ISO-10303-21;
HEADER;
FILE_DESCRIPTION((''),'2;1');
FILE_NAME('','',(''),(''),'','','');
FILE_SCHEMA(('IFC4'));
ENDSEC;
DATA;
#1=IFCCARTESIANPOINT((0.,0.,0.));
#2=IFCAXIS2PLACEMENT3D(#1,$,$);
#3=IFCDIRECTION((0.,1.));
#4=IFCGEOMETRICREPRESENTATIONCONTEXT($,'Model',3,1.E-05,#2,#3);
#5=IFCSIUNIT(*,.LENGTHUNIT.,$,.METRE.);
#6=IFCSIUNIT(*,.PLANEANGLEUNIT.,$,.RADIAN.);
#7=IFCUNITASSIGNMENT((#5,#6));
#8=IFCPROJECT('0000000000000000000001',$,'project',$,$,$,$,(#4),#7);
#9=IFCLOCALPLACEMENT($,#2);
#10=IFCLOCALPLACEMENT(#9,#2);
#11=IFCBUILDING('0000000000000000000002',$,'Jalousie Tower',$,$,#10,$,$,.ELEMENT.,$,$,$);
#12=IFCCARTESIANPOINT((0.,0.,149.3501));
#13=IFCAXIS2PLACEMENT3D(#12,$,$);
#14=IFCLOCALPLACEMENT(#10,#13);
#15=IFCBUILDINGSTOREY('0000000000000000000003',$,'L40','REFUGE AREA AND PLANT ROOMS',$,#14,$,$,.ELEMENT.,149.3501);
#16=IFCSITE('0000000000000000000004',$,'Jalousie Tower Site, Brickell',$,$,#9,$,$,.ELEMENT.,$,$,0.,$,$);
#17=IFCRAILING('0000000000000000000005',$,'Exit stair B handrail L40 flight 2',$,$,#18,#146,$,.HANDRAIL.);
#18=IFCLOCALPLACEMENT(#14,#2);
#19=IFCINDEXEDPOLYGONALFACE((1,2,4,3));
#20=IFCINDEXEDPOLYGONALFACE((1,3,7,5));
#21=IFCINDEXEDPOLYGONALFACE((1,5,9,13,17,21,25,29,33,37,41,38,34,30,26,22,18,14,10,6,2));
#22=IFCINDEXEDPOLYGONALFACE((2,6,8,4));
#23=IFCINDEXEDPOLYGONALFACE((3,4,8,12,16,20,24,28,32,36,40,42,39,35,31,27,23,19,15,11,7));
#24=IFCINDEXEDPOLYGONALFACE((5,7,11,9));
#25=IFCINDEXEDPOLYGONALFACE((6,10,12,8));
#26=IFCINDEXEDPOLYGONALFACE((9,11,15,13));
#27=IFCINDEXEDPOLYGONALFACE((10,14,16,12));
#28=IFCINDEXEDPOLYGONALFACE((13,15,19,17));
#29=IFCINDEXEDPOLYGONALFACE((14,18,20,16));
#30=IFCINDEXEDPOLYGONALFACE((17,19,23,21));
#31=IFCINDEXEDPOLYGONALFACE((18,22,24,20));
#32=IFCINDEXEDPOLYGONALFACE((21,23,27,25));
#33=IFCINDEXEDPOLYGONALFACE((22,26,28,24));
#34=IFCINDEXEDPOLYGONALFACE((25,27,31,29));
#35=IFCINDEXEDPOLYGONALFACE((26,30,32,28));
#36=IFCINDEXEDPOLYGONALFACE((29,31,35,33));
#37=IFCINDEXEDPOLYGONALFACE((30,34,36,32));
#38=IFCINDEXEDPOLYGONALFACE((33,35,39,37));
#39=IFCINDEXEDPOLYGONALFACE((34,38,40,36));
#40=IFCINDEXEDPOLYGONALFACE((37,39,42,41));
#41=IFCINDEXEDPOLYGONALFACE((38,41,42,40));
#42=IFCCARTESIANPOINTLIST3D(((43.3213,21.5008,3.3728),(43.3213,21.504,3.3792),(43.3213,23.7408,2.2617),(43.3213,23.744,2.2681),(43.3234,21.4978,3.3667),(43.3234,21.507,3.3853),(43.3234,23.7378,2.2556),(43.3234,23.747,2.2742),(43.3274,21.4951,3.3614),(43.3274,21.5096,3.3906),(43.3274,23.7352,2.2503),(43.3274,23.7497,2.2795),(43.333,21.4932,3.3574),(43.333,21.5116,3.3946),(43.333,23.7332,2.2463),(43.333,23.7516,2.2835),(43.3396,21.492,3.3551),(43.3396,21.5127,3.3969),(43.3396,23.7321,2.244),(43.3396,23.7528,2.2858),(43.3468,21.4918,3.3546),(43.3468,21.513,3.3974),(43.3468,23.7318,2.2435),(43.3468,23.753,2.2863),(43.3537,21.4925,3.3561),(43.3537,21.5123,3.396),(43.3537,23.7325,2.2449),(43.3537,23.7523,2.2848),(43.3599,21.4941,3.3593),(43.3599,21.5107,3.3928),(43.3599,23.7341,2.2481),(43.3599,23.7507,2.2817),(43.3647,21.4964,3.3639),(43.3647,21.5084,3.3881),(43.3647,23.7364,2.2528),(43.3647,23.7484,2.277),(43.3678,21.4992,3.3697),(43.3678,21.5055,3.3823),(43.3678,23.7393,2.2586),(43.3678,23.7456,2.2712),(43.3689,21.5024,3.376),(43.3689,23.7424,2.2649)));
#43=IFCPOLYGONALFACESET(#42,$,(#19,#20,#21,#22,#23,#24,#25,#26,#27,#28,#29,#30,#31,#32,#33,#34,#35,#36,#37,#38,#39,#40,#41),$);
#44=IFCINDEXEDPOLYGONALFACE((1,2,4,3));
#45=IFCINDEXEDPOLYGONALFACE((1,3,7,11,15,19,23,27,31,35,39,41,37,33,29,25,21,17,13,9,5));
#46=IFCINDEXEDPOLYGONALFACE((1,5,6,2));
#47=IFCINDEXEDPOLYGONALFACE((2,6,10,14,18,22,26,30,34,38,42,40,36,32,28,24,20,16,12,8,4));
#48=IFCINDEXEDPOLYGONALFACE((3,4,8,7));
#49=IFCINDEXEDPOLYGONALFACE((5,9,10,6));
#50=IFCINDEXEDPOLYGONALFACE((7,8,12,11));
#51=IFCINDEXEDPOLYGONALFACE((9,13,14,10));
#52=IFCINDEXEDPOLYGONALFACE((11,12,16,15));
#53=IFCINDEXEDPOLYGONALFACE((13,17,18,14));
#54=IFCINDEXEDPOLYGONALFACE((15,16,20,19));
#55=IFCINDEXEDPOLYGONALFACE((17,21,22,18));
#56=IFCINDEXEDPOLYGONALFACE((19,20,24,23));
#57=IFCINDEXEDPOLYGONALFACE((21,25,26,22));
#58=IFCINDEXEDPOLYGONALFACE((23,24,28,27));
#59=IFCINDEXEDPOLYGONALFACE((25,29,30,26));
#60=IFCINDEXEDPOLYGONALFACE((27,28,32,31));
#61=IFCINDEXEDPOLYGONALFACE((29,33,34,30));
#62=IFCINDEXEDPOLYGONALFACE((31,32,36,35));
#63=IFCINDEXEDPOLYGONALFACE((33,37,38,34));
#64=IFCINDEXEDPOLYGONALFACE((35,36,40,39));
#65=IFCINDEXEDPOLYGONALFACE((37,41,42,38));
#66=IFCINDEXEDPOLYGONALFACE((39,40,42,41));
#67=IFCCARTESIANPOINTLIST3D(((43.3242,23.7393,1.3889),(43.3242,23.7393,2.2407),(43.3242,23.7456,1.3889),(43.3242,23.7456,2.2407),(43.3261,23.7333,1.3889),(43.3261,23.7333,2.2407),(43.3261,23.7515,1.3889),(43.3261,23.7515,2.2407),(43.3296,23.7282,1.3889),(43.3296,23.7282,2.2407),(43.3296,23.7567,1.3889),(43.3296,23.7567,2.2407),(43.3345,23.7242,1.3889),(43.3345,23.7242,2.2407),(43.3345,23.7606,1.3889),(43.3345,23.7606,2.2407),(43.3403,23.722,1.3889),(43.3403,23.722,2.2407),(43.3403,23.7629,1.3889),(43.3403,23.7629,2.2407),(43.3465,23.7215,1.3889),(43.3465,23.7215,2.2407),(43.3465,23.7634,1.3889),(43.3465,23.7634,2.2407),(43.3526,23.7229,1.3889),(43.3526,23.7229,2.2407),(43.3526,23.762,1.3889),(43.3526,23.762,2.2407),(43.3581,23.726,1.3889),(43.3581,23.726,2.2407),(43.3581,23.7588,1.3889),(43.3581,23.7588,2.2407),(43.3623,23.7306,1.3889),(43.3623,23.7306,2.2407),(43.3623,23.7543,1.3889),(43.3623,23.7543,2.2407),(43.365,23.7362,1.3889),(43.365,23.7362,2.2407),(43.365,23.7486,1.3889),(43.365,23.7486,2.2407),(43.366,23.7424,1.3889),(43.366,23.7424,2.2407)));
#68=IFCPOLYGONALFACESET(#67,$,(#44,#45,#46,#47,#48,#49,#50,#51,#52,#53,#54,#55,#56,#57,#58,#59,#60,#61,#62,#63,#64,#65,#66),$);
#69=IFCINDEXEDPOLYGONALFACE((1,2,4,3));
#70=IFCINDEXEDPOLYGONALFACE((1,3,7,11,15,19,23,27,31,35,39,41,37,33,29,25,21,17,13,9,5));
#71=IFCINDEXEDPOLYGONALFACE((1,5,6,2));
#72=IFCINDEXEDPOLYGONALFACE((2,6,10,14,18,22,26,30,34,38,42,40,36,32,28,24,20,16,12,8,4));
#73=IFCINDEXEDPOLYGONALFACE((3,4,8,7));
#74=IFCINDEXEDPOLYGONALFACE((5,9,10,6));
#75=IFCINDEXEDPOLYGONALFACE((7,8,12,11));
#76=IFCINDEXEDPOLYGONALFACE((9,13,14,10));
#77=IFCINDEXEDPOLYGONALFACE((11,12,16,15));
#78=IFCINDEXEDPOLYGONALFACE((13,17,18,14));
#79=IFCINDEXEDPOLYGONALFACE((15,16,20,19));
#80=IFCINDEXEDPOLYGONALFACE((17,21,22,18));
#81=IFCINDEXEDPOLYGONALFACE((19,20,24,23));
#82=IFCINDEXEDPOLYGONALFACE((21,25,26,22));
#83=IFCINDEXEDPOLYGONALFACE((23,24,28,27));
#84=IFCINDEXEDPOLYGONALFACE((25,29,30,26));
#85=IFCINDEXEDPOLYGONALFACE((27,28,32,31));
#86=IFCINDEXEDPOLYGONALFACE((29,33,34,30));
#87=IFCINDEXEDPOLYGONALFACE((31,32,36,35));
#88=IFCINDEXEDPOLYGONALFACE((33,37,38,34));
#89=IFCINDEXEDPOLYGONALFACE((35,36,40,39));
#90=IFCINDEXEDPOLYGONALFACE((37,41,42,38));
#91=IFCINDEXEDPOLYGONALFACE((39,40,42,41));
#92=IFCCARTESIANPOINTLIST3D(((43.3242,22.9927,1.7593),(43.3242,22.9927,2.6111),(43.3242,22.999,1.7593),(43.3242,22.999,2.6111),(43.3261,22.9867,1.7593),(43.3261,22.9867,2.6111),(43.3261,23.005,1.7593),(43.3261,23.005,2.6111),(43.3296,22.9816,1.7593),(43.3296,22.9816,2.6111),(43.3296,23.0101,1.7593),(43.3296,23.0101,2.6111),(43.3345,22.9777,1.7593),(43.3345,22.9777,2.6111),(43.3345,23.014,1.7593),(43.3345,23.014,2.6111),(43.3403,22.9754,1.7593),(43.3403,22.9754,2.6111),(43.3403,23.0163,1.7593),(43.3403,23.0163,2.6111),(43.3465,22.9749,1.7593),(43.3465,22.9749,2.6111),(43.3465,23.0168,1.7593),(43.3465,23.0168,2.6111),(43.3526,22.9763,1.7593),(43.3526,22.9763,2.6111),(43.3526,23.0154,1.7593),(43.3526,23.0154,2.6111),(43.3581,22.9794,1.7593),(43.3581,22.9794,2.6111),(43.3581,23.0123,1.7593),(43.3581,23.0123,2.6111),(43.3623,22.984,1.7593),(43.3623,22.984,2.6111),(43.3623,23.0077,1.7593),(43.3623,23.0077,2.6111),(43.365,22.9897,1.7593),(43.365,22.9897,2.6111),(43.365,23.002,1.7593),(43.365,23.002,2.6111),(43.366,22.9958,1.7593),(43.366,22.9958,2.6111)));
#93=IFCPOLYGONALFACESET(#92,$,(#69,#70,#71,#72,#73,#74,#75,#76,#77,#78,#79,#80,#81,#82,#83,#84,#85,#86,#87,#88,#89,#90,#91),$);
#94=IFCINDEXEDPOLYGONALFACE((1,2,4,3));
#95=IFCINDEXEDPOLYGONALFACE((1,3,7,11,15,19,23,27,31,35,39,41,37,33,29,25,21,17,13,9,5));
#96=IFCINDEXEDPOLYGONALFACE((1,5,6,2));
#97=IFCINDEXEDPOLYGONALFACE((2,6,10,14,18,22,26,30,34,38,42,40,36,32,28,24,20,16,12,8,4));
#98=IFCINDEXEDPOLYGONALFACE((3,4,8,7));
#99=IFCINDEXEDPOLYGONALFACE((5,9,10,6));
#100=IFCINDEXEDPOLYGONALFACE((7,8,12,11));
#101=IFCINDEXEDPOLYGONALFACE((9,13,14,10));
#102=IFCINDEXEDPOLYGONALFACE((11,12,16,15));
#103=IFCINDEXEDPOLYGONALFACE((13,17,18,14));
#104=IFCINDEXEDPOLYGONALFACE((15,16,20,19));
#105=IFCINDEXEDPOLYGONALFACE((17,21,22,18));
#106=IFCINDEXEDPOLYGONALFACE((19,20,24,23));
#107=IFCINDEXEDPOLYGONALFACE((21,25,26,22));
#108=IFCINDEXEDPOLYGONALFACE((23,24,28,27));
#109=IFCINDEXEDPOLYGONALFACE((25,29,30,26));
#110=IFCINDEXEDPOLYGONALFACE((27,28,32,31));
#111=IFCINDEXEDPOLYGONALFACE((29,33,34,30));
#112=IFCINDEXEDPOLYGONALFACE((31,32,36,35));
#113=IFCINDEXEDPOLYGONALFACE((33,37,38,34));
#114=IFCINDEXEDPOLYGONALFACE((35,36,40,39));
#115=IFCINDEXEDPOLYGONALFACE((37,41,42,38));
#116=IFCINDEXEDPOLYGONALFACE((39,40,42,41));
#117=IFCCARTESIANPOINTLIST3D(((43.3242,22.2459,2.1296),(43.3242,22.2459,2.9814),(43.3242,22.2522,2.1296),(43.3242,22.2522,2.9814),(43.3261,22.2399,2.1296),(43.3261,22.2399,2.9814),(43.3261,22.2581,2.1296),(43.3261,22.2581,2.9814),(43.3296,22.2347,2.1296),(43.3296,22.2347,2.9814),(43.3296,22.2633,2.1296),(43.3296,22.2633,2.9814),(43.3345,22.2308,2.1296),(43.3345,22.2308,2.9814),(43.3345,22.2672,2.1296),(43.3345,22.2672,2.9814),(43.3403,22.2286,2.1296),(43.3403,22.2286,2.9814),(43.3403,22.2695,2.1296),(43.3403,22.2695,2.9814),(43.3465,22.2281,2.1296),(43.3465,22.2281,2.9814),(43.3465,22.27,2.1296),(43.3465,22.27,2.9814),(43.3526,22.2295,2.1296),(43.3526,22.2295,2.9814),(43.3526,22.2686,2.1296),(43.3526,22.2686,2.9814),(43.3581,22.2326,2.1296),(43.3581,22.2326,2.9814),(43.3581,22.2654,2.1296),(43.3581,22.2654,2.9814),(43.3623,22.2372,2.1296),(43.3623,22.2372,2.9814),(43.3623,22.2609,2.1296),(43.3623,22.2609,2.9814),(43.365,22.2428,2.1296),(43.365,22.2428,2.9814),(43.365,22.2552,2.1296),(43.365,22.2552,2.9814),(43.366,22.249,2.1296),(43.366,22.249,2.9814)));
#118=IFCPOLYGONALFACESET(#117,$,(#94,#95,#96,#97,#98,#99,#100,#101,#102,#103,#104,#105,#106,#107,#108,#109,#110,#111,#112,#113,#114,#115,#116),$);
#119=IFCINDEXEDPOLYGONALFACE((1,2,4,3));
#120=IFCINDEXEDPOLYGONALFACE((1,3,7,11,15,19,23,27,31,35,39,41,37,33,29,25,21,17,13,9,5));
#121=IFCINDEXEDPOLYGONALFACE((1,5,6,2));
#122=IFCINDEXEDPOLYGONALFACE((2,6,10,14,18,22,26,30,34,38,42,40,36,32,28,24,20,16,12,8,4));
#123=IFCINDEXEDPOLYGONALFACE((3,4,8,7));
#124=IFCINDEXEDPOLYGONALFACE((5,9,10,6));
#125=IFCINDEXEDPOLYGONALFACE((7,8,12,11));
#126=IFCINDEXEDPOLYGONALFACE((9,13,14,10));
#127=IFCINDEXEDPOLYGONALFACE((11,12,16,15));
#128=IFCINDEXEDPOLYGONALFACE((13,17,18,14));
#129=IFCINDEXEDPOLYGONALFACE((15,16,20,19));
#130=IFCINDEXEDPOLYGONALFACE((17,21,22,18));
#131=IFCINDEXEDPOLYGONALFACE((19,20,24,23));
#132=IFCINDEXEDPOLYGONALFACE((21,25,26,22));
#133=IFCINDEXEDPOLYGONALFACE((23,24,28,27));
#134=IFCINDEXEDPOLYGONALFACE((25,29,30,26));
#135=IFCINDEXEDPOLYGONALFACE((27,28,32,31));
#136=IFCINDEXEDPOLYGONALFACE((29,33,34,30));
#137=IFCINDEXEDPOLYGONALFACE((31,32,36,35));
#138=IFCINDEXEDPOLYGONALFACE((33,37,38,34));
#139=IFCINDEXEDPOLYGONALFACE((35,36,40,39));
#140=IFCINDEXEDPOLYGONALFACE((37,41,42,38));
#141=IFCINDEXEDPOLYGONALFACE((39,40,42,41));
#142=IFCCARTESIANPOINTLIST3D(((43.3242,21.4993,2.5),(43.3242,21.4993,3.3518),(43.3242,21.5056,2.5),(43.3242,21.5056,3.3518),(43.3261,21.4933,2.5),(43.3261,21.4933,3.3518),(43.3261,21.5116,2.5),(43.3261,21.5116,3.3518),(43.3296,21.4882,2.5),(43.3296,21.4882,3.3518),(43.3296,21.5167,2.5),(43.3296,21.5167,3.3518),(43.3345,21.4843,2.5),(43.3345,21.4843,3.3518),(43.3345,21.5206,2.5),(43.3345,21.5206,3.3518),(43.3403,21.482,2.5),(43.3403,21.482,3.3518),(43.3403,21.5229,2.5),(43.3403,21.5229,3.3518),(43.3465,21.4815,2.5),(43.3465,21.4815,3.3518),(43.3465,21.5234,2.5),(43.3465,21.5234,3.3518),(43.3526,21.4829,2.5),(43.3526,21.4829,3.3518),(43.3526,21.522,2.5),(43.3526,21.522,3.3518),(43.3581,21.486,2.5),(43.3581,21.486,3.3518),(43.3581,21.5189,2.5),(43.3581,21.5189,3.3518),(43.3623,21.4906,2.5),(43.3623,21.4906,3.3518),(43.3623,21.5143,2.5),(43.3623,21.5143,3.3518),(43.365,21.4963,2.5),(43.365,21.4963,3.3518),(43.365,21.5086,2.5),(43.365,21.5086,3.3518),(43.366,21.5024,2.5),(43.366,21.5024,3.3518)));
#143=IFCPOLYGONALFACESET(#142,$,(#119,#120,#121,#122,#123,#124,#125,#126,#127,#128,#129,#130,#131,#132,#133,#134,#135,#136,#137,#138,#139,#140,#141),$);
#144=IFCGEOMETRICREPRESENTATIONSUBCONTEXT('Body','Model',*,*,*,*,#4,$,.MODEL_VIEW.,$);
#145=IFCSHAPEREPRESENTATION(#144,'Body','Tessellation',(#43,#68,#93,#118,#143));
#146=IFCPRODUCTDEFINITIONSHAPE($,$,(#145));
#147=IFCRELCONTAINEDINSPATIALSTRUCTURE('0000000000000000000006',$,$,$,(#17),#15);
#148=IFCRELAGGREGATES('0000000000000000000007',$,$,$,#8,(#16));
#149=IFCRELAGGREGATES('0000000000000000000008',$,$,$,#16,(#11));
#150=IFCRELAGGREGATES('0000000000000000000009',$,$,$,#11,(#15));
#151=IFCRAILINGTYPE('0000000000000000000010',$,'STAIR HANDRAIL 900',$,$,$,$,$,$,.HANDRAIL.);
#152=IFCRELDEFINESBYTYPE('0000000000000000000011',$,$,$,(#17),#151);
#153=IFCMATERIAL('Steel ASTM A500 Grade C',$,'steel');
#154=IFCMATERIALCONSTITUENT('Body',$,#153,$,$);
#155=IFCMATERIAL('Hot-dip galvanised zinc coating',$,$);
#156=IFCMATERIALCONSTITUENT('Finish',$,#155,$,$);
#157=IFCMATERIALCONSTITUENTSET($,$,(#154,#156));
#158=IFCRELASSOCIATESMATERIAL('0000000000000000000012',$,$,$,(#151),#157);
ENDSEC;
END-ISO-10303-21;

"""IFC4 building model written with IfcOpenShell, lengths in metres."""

from ifc_helpers import new_model, si_unit, direction, frame, origin, origin_2d, place, context, subcontext, project, spatial, circle, extrude, material, constituent, constituent_set, type_object, element, save


model = new_model("IFC4")

# Units and contexts
model_context = context("Model", 3, precision=1e-05, world=origin(), true_north=direction((0.0, 1.0)))
body_context = subcontext(model_context, "Body", "Model", "MODEL_VIEW")
ifc_project = project(units=[si_unit("LENGTHUNIT", "METRE"), si_unit("PLANEANGLEUNIT", "RADIAN")], contexts=[model_context])

# Site, building, storey
site_placement = place(None, origin())
site = spatial("IfcSite", under=ifc_project, at=site_placement, Name="Jalousie Tower Site, Brickell", CompositionType="ELEMENT", RefElevation=0.0)
building_placement = place(site_placement, origin())
building = spatial("IfcBuilding", under=site, at=building_placement, Name="Jalousie Tower", CompositionType="ELEMENT")
storey_placement = place(building_placement, frame((0.0, 0.0, 149.3501)))
storey = spatial("IfcBuildingStorey", under=building, at=storey_placement, Name="L40", Description="REFUGE AREA AND PLANT ROOMS", CompositionType="ELEMENT", Elevation=149.3501)

# Railing
ifc_material_1 = material(Name="Steel ASTM A500 Grade C", Category="steel")
ifc_constituent_1 = constituent(ifc_material_1, Name="Body")
ifc_material_2 = material(Name="Hot-dip galvanised zinc coating")
ifc_constituent_2 = constituent(ifc_material_2, Name="Finish")
ifc_constituent_set_1 = constituent_set(constituents=[ifc_constituent_1, ifc_constituent_2])
railing_type_1 = type_object("IfcRailingType", Name="STAIR HANDRAIL 900", PredefinedType="HANDRAIL", material=ifc_constituent_set_1)
for number, where, name in (
    (1, (43.345, 23.7424, 1.3889), "Exit stair B handrail L40 flight 2"),
):
    element("IfcRailing", number, at=place(storey_placement, frame(where)), inside=storey, type_object=railing_type_1, Name=name, PredefinedType="HANDRAIL", context=body_context, shape_type="SweptSolid", body=[
        extrude(circle(Radius=0.0239, at=origin_2d()), frame((0.0, 0.0, 0.876), z_axis=(0.0, -0.895848, 0.44436), x_axis=(1.0, 0.0, 0.0)), (0.0, 0.0, 1.0), 2.5005),
        extrude(circle(Radius=0.021, at=origin_2d()), origin(), (0.0, 0.0, 1.0), 0.8518),
        extrude(circle(Radius=0.021, at=origin_2d()), frame((0.0, -0.7466, 0.3704)), (0.0, 0.0, 1.0), 0.8518),
        extrude(circle(Radius=0.021, at=origin_2d()), frame((0.0, -1.4934, 0.7407)), (0.0, 0.0, 1.0), 0.8518),
        extrude(circle(Radius=0.021, at=origin_2d()), frame((0.0, -2.24, 1.1111)), (0.0, 0.0, 1.0), 0.8518),
    ])

save(model, "model.ifc")
